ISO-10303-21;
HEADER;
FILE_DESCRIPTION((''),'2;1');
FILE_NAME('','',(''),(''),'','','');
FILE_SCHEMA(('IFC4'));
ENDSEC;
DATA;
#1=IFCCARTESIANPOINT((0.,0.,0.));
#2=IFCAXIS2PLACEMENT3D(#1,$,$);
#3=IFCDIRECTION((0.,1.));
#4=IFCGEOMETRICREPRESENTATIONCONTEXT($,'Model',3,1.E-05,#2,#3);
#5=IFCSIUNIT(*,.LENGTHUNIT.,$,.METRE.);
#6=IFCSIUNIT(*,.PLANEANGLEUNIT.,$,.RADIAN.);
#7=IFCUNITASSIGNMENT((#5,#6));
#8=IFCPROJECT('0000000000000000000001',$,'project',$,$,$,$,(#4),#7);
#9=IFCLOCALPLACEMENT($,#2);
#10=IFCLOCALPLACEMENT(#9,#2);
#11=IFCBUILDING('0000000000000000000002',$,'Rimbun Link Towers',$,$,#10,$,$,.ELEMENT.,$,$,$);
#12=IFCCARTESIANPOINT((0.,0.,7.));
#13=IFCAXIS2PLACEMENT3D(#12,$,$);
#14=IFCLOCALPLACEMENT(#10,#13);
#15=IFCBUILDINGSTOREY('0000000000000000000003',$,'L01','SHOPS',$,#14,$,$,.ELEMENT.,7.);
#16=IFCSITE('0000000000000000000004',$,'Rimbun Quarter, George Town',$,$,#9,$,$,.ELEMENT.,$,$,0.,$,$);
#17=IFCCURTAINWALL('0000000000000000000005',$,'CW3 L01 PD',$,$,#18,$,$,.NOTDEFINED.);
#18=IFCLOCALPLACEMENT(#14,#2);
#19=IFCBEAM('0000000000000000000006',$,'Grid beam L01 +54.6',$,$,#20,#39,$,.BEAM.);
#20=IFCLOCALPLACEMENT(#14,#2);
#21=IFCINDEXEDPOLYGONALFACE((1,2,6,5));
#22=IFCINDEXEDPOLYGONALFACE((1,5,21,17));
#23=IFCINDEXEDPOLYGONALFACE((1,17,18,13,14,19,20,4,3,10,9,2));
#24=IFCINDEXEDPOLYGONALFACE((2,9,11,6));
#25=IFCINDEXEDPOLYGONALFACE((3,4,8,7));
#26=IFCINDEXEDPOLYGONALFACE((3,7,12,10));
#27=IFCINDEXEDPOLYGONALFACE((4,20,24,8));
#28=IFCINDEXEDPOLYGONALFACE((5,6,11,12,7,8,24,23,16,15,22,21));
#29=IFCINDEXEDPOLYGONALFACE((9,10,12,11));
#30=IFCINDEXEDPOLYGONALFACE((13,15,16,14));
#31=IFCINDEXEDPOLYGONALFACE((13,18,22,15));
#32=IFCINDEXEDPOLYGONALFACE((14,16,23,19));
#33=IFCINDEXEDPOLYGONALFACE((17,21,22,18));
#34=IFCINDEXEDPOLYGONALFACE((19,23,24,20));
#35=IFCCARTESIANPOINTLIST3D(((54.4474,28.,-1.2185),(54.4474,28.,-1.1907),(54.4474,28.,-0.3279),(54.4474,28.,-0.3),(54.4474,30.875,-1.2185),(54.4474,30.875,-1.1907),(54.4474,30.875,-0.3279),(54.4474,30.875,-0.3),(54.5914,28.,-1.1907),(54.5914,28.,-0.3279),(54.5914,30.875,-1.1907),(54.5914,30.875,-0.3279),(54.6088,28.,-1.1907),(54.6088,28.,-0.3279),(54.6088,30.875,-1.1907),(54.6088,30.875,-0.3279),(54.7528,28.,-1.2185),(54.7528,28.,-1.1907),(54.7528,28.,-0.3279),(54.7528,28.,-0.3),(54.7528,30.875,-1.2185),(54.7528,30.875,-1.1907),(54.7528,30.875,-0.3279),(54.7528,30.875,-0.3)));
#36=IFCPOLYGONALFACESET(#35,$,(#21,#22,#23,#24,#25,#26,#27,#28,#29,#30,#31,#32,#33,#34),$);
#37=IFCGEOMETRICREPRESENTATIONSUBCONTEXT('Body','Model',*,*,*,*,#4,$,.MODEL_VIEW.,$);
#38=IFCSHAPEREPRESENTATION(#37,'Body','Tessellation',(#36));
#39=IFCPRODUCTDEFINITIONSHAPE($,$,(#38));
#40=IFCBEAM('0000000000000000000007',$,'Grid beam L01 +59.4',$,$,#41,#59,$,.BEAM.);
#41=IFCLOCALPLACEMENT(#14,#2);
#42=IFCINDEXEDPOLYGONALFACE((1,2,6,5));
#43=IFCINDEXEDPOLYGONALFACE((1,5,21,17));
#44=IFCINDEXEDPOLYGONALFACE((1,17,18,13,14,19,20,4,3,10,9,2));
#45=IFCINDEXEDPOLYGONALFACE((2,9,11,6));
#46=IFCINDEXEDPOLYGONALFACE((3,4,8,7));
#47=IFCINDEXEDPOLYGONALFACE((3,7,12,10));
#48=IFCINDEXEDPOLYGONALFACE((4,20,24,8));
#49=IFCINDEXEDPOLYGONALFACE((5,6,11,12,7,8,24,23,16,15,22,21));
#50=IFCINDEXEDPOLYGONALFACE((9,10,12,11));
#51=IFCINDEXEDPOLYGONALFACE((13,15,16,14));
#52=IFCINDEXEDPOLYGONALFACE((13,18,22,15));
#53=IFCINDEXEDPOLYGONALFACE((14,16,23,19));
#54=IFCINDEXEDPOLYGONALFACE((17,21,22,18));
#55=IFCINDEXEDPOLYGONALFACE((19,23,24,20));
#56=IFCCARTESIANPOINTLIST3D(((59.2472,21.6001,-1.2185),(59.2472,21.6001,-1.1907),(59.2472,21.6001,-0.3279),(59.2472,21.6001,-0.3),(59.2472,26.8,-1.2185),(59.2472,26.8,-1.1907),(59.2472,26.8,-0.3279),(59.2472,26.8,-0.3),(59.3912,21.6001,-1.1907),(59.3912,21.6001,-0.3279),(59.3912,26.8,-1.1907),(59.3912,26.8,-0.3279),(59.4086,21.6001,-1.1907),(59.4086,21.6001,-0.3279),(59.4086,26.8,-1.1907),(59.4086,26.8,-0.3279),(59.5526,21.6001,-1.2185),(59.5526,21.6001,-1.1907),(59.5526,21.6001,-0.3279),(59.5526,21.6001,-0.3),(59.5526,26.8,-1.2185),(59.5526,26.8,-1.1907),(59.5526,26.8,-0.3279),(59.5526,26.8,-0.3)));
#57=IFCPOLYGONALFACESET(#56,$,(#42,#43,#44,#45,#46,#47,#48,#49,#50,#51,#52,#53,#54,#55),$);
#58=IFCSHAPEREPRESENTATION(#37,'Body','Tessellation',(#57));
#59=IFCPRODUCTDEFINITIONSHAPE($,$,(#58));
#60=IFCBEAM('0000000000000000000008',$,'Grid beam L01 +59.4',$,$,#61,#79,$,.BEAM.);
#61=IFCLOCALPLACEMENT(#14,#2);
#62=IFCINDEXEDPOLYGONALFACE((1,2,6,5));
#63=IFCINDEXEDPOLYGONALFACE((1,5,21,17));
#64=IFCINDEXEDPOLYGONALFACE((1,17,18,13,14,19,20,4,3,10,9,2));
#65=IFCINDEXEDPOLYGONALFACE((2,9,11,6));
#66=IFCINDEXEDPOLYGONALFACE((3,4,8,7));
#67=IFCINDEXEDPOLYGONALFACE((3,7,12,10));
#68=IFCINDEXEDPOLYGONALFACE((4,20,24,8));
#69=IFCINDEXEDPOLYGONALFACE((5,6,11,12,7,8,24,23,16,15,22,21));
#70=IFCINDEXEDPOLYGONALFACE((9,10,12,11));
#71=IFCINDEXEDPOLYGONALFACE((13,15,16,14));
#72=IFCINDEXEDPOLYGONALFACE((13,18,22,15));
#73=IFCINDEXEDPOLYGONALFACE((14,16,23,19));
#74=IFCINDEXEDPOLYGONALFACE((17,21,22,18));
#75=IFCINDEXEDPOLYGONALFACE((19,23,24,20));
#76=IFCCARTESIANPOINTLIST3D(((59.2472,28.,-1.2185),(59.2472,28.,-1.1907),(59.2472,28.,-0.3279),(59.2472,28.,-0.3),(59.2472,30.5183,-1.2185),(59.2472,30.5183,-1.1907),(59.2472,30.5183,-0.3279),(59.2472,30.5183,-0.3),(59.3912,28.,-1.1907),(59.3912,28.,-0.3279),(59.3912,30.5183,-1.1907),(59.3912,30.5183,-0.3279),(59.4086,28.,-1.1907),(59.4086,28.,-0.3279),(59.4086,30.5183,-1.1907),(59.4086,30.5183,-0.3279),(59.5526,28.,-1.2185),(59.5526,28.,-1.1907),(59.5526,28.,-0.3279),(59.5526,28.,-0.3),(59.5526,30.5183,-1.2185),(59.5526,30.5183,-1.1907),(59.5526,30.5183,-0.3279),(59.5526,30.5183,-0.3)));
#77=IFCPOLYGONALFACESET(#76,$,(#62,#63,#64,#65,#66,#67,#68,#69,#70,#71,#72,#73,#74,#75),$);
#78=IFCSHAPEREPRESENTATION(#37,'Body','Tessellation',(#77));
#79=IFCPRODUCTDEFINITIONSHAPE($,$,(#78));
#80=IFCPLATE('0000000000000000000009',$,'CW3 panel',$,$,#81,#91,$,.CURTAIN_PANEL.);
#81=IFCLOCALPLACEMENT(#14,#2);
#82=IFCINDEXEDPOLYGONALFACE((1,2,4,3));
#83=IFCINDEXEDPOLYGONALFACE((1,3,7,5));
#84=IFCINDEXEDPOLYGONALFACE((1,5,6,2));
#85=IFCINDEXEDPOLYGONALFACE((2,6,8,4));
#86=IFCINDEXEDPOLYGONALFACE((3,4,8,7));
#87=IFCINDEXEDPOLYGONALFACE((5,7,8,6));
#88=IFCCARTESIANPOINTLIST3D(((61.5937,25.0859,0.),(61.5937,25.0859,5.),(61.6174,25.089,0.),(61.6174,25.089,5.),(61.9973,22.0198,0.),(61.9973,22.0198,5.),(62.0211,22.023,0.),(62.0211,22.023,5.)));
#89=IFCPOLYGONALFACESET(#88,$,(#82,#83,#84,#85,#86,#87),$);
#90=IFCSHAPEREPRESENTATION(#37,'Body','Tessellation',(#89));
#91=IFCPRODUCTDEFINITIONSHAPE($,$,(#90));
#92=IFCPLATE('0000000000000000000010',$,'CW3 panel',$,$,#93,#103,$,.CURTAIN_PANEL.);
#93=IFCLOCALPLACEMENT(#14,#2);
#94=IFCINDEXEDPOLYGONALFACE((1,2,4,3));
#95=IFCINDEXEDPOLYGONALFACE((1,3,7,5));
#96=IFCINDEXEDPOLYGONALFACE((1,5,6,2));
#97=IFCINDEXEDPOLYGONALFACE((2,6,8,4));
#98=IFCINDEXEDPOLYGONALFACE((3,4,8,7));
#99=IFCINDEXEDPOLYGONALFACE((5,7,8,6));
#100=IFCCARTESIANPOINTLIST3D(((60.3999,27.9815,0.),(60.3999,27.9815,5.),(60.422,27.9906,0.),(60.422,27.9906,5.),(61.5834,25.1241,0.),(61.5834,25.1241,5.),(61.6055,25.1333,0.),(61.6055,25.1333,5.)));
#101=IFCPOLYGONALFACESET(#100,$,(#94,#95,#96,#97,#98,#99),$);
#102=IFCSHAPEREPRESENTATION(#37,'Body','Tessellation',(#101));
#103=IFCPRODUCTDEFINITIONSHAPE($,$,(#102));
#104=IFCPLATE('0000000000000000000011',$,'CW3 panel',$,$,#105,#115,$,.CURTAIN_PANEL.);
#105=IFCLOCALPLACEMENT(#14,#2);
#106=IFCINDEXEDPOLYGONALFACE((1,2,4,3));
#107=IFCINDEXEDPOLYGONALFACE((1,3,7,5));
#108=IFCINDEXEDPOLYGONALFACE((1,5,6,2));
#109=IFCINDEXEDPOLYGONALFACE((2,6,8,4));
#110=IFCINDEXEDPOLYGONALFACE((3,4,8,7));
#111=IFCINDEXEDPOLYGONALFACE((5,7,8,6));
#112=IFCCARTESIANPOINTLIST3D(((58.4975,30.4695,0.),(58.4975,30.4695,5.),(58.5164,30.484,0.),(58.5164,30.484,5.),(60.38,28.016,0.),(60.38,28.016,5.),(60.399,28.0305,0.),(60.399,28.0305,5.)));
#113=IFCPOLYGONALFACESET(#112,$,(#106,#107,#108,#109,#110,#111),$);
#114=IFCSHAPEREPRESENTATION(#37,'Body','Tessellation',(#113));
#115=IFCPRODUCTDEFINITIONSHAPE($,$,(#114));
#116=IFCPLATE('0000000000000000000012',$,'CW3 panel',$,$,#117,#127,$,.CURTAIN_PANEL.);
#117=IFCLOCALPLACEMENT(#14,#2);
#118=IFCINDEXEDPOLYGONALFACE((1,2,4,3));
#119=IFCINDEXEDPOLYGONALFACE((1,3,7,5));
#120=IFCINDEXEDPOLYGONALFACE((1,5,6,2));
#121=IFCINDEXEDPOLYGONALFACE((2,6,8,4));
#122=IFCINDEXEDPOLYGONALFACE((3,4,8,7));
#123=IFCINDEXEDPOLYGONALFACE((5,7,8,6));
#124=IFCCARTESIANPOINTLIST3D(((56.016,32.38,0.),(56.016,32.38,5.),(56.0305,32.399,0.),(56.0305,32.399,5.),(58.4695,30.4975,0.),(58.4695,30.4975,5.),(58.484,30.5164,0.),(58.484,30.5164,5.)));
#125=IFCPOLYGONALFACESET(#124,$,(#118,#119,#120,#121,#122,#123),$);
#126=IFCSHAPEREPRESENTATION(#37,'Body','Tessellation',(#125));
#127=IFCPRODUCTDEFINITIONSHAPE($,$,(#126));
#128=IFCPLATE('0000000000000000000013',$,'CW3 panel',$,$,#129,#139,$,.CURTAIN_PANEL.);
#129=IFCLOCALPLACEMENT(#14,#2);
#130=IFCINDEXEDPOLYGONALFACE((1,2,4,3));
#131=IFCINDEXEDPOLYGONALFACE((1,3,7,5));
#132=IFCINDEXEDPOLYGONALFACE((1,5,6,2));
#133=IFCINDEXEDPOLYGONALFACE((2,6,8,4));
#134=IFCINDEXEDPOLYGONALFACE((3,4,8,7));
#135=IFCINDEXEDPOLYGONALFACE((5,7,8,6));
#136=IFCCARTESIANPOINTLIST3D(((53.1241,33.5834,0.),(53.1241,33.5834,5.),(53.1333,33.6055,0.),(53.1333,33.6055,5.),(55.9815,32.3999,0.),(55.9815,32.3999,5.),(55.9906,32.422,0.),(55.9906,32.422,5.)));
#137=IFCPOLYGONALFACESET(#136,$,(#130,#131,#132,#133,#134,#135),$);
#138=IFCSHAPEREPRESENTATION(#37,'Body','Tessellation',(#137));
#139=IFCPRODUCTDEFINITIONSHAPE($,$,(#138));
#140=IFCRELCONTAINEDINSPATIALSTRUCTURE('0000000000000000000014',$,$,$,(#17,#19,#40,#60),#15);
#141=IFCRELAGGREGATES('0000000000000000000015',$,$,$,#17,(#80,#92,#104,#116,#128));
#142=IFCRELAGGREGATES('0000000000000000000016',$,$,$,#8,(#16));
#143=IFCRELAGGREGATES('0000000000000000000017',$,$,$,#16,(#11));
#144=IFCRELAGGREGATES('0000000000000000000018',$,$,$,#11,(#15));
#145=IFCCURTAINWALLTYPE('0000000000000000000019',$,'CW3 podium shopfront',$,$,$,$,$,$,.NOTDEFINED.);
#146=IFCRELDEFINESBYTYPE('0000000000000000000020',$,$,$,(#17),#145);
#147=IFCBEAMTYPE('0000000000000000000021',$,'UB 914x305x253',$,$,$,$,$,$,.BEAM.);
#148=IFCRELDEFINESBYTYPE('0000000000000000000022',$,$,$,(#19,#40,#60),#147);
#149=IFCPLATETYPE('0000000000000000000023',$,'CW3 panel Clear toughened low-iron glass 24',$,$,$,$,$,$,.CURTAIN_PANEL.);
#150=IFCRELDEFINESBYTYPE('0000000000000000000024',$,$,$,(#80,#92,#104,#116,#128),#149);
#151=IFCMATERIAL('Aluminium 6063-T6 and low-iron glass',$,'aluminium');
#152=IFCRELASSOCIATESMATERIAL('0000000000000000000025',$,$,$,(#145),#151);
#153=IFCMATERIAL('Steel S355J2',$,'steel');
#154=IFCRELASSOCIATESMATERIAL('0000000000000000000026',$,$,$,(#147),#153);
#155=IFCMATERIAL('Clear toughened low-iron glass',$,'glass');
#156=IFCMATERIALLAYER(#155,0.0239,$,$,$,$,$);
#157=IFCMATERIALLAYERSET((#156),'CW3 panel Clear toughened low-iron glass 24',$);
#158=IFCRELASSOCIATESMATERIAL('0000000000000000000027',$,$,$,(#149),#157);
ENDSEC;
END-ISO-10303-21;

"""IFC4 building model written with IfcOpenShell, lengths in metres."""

from ifc_helpers import new_model, si_unit, direction, frame, origin, origin_2d, place, context, subcontext, project, spatial, rectangle, i_section, extrude, material, layer, layer_set, material_profile, profile_set, type_object, element, aggregate, save


model = new_model("IFC4")

# Units and contexts
model_context = context("Model", 3, precision=1e-05, world=origin(), true_north=direction((0.0, 1.0)))
body_context = subcontext(model_context, "Body", "Model", "MODEL_VIEW")
ifc_project = project(units=[si_unit("LENGTHUNIT", "METRE"), si_unit("PLANEANGLEUNIT", "RADIAN")], contexts=[model_context])

# Site, building, storey
site_placement = place(None, origin())
site = spatial("IfcSite", under=ifc_project, at=site_placement, Name="Rimbun Quarter, George Town", CompositionType="ELEMENT", RefElevation=0.0)
building_placement = place(site_placement, origin())
building = spatial("IfcBuilding", under=site, at=building_placement, Name="Rimbun Link Towers", CompositionType="ELEMENT")
storey_placement = place(building_placement, frame((0.0, 0.0, 7.0)))
storey = spatial("IfcBuildingStorey", under=building, at=storey_placement, Name="L01", Description="SHOPS", CompositionType="ELEMENT", Elevation=7.0)

# Curtain wall
ifc_material_1 = material(Name="Aluminium 6063-T6 and low-iron glass", Category="aluminium")
curtain_wall_type = type_object("IfcCurtainWallType", Name="CW3 podium shopfront", PredefinedType="NOTDEFINED", material=ifc_material_1)
curtain_wall_placement = place(storey_placement, origin())
curtain_wall = element("IfcCurtainWall", 1, at=curtain_wall_placement, inside=storey, type_object=curtain_wall_type, Name="CW3 L01 PD", PredefinedType="NOTDEFINED")

# Beams
ifc_material_2 = material(Name="Steel S355J2", Category="steel")
ifc_material_profile_1 = material_profile(ifc_material_2, i_section(OverallWidth=0.3054, OverallDepth=0.9185, WebThickness=0.0173, FlangeThickness=0.0278, at=origin_2d()), Name="UB 914x305x253")
ifc_profile_set_1 = profile_set([ifc_material_profile_1], Name="Steel S355J2")
beam_type_1 = type_object("IfcBeamType", Name="UB 914x305x253", PredefinedType="BEAM", material=ifc_profile_set_1)
beam_1_placement = place(storey_placement, frame((54.6001, 28.0, -0.7593), z_axis=(0.0, 1.0, 0.0), x_axis=(-1.0, 0.0, 0.0)))
element("IfcBeam", 2, at=beam_1_placement, inside=storey, type_object=beam_type_1, Name="Grid beam L01 +54.6", PredefinedType="BEAM", context=body_context, shape_type="SweptSolid", body=[
    extrude(i_section(OverallWidth=0.3054, OverallDepth=0.9185, WebThickness=0.0173, FlangeThickness=0.0278, at=origin_2d()), origin(), (0.0, 0.0, 1.0), 2.875),
])
beam_2_placement = place(storey_placement, frame((59.3999, 21.6001, -0.7593), z_axis=(0.0, 1.0, 0.0), x_axis=(-1.0, 0.0, 0.0)))
element("IfcBeam", 3, at=beam_2_placement, inside=storey, type_object=beam_type_1, Name="Grid beam L01 +59.4", PredefinedType="BEAM", context=body_context, shape_type="SweptSolid", body=[
    extrude(i_section(OverallWidth=0.3054, OverallDepth=0.9185, WebThickness=0.0173, FlangeThickness=0.0278, at=origin_2d()), origin(), (0.0, 0.0, 1.0), 5.2),
])
beam_3_placement = place(storey_placement, frame((59.3999, 28.0, -0.7593), z_axis=(0.0, 1.0, 0.0), x_axis=(-1.0, 0.0, 0.0)))
element("IfcBeam", 4, at=beam_3_placement, inside=storey, type_object=beam_type_1, Name="Grid beam L01 +59.4", PredefinedType="BEAM", context=body_context, shape_type="SweptSolid", body=[
    extrude(i_section(OverallWidth=0.3054, OverallDepth=0.9185, WebThickness=0.0173, FlangeThickness=0.0278, at=origin_2d()), origin(), (0.0, 0.0, 1.0), 2.5183),
])

# Plates
ifc_material_3 = material(Name="Clear toughened low-iron glass", Category="glass")
ifc_layer = layer(ifc_material_3, 0.0239)
ifc_layer_set = layer_set([ifc_layer], Name="CW3 panel Clear toughened low-iron glass 24")
plate_type = type_object("IfcPlateType", Name="CW3 panel Clear toughened low-iron glass 24", PredefinedType="CURTAIN_PANEL", material=ifc_layer_set)
plate_1_placement = place(storey_placement, frame((61.8074, 23.5544, 0.0), z_axis=(0.0, 0.0, 1.0), x_axis=(0.13053, -0.991444, 0.0)))
plate_1 = element("IfcPlate", 5, at=plate_1_placement, type_object=plate_type, Name="CW3 panel", PredefinedType="CURTAIN_PANEL", context=body_context, shape_type="SweptSolid", body=[
    extrude(rectangle(XDim=3.0925, YDim=0.0239, at=origin_2d()), origin(), (0.0, 0.0, 1.0), 5.0),
])
plate_2_placement = place(storey_placement, frame((61.0027, 26.5574, 0.0), z_axis=(0.0, 0.0, 1.0), x_axis=(0.382679, -0.923881, 0.0)))
plate_2 = element("IfcPlate", 6, at=plate_2_placement, type_object=plate_type, Name="CW3 panel", PredefinedType="CURTAIN_PANEL", context=body_context, shape_type="SweptSolid", body=[
    extrude(rectangle(XDim=3.0928, YDim=0.0239, at=origin_2d()), origin(), (0.0, 0.0, 1.0), 5.0),
])
plate_3_placement = place(storey_placement, frame((59.4482, 29.25, 0.0), z_axis=(0.0, 0.0, 1.0), x_axis=(0.608754, -0.793359, 0.0)))
plate_3 = element("IfcPlate", 7, at=plate_3_placement, type_object=plate_type, Name="CW3 panel", PredefinedType="CURTAIN_PANEL", context=body_context, shape_type="SweptSolid", body=[
    extrude(rectangle(XDim=3.0925, YDim=0.0239, at=origin_2d()), origin(), (0.0, 0.0, 1.0), 5.0),
])
plate_4_placement = place(storey_placement, frame((57.25, 31.4482, 0.0), z_axis=(0.0, 0.0, 1.0), x_axis=(0.793359, -0.608754, 0.0)))
plate_4 = element("IfcPlate", 8, at=plate_4_placement, type_object=plate_type, Name="CW3 panel", PredefinedType="CURTAIN_PANEL", context=body_context, shape_type="SweptSolid", body=[
    extrude(rectangle(XDim=3.0925, YDim=0.0239, at=origin_2d()), origin(), (0.0, 0.0, 1.0), 5.0),
])
plate_5_placement = place(storey_placement, frame((54.5574, 33.0027, 0.0), z_axis=(0.0, 0.0, 1.0), x_axis=(0.923881, -0.382679, 0.0)))
plate_5 = element("IfcPlate", 9, at=plate_5_placement, type_object=plate_type, Name="CW3 panel", PredefinedType="CURTAIN_PANEL", context=body_context, shape_type="SweptSolid", body=[
    extrude(rectangle(XDim=3.0928, YDim=0.0239, at=origin_2d()), origin(), (0.0, 0.0, 1.0), 5.0),
])
aggregate(curtain_wall, [plate_1, plate_2, plate_3, plate_4, plate_5])

save(model, "model.ifc")
